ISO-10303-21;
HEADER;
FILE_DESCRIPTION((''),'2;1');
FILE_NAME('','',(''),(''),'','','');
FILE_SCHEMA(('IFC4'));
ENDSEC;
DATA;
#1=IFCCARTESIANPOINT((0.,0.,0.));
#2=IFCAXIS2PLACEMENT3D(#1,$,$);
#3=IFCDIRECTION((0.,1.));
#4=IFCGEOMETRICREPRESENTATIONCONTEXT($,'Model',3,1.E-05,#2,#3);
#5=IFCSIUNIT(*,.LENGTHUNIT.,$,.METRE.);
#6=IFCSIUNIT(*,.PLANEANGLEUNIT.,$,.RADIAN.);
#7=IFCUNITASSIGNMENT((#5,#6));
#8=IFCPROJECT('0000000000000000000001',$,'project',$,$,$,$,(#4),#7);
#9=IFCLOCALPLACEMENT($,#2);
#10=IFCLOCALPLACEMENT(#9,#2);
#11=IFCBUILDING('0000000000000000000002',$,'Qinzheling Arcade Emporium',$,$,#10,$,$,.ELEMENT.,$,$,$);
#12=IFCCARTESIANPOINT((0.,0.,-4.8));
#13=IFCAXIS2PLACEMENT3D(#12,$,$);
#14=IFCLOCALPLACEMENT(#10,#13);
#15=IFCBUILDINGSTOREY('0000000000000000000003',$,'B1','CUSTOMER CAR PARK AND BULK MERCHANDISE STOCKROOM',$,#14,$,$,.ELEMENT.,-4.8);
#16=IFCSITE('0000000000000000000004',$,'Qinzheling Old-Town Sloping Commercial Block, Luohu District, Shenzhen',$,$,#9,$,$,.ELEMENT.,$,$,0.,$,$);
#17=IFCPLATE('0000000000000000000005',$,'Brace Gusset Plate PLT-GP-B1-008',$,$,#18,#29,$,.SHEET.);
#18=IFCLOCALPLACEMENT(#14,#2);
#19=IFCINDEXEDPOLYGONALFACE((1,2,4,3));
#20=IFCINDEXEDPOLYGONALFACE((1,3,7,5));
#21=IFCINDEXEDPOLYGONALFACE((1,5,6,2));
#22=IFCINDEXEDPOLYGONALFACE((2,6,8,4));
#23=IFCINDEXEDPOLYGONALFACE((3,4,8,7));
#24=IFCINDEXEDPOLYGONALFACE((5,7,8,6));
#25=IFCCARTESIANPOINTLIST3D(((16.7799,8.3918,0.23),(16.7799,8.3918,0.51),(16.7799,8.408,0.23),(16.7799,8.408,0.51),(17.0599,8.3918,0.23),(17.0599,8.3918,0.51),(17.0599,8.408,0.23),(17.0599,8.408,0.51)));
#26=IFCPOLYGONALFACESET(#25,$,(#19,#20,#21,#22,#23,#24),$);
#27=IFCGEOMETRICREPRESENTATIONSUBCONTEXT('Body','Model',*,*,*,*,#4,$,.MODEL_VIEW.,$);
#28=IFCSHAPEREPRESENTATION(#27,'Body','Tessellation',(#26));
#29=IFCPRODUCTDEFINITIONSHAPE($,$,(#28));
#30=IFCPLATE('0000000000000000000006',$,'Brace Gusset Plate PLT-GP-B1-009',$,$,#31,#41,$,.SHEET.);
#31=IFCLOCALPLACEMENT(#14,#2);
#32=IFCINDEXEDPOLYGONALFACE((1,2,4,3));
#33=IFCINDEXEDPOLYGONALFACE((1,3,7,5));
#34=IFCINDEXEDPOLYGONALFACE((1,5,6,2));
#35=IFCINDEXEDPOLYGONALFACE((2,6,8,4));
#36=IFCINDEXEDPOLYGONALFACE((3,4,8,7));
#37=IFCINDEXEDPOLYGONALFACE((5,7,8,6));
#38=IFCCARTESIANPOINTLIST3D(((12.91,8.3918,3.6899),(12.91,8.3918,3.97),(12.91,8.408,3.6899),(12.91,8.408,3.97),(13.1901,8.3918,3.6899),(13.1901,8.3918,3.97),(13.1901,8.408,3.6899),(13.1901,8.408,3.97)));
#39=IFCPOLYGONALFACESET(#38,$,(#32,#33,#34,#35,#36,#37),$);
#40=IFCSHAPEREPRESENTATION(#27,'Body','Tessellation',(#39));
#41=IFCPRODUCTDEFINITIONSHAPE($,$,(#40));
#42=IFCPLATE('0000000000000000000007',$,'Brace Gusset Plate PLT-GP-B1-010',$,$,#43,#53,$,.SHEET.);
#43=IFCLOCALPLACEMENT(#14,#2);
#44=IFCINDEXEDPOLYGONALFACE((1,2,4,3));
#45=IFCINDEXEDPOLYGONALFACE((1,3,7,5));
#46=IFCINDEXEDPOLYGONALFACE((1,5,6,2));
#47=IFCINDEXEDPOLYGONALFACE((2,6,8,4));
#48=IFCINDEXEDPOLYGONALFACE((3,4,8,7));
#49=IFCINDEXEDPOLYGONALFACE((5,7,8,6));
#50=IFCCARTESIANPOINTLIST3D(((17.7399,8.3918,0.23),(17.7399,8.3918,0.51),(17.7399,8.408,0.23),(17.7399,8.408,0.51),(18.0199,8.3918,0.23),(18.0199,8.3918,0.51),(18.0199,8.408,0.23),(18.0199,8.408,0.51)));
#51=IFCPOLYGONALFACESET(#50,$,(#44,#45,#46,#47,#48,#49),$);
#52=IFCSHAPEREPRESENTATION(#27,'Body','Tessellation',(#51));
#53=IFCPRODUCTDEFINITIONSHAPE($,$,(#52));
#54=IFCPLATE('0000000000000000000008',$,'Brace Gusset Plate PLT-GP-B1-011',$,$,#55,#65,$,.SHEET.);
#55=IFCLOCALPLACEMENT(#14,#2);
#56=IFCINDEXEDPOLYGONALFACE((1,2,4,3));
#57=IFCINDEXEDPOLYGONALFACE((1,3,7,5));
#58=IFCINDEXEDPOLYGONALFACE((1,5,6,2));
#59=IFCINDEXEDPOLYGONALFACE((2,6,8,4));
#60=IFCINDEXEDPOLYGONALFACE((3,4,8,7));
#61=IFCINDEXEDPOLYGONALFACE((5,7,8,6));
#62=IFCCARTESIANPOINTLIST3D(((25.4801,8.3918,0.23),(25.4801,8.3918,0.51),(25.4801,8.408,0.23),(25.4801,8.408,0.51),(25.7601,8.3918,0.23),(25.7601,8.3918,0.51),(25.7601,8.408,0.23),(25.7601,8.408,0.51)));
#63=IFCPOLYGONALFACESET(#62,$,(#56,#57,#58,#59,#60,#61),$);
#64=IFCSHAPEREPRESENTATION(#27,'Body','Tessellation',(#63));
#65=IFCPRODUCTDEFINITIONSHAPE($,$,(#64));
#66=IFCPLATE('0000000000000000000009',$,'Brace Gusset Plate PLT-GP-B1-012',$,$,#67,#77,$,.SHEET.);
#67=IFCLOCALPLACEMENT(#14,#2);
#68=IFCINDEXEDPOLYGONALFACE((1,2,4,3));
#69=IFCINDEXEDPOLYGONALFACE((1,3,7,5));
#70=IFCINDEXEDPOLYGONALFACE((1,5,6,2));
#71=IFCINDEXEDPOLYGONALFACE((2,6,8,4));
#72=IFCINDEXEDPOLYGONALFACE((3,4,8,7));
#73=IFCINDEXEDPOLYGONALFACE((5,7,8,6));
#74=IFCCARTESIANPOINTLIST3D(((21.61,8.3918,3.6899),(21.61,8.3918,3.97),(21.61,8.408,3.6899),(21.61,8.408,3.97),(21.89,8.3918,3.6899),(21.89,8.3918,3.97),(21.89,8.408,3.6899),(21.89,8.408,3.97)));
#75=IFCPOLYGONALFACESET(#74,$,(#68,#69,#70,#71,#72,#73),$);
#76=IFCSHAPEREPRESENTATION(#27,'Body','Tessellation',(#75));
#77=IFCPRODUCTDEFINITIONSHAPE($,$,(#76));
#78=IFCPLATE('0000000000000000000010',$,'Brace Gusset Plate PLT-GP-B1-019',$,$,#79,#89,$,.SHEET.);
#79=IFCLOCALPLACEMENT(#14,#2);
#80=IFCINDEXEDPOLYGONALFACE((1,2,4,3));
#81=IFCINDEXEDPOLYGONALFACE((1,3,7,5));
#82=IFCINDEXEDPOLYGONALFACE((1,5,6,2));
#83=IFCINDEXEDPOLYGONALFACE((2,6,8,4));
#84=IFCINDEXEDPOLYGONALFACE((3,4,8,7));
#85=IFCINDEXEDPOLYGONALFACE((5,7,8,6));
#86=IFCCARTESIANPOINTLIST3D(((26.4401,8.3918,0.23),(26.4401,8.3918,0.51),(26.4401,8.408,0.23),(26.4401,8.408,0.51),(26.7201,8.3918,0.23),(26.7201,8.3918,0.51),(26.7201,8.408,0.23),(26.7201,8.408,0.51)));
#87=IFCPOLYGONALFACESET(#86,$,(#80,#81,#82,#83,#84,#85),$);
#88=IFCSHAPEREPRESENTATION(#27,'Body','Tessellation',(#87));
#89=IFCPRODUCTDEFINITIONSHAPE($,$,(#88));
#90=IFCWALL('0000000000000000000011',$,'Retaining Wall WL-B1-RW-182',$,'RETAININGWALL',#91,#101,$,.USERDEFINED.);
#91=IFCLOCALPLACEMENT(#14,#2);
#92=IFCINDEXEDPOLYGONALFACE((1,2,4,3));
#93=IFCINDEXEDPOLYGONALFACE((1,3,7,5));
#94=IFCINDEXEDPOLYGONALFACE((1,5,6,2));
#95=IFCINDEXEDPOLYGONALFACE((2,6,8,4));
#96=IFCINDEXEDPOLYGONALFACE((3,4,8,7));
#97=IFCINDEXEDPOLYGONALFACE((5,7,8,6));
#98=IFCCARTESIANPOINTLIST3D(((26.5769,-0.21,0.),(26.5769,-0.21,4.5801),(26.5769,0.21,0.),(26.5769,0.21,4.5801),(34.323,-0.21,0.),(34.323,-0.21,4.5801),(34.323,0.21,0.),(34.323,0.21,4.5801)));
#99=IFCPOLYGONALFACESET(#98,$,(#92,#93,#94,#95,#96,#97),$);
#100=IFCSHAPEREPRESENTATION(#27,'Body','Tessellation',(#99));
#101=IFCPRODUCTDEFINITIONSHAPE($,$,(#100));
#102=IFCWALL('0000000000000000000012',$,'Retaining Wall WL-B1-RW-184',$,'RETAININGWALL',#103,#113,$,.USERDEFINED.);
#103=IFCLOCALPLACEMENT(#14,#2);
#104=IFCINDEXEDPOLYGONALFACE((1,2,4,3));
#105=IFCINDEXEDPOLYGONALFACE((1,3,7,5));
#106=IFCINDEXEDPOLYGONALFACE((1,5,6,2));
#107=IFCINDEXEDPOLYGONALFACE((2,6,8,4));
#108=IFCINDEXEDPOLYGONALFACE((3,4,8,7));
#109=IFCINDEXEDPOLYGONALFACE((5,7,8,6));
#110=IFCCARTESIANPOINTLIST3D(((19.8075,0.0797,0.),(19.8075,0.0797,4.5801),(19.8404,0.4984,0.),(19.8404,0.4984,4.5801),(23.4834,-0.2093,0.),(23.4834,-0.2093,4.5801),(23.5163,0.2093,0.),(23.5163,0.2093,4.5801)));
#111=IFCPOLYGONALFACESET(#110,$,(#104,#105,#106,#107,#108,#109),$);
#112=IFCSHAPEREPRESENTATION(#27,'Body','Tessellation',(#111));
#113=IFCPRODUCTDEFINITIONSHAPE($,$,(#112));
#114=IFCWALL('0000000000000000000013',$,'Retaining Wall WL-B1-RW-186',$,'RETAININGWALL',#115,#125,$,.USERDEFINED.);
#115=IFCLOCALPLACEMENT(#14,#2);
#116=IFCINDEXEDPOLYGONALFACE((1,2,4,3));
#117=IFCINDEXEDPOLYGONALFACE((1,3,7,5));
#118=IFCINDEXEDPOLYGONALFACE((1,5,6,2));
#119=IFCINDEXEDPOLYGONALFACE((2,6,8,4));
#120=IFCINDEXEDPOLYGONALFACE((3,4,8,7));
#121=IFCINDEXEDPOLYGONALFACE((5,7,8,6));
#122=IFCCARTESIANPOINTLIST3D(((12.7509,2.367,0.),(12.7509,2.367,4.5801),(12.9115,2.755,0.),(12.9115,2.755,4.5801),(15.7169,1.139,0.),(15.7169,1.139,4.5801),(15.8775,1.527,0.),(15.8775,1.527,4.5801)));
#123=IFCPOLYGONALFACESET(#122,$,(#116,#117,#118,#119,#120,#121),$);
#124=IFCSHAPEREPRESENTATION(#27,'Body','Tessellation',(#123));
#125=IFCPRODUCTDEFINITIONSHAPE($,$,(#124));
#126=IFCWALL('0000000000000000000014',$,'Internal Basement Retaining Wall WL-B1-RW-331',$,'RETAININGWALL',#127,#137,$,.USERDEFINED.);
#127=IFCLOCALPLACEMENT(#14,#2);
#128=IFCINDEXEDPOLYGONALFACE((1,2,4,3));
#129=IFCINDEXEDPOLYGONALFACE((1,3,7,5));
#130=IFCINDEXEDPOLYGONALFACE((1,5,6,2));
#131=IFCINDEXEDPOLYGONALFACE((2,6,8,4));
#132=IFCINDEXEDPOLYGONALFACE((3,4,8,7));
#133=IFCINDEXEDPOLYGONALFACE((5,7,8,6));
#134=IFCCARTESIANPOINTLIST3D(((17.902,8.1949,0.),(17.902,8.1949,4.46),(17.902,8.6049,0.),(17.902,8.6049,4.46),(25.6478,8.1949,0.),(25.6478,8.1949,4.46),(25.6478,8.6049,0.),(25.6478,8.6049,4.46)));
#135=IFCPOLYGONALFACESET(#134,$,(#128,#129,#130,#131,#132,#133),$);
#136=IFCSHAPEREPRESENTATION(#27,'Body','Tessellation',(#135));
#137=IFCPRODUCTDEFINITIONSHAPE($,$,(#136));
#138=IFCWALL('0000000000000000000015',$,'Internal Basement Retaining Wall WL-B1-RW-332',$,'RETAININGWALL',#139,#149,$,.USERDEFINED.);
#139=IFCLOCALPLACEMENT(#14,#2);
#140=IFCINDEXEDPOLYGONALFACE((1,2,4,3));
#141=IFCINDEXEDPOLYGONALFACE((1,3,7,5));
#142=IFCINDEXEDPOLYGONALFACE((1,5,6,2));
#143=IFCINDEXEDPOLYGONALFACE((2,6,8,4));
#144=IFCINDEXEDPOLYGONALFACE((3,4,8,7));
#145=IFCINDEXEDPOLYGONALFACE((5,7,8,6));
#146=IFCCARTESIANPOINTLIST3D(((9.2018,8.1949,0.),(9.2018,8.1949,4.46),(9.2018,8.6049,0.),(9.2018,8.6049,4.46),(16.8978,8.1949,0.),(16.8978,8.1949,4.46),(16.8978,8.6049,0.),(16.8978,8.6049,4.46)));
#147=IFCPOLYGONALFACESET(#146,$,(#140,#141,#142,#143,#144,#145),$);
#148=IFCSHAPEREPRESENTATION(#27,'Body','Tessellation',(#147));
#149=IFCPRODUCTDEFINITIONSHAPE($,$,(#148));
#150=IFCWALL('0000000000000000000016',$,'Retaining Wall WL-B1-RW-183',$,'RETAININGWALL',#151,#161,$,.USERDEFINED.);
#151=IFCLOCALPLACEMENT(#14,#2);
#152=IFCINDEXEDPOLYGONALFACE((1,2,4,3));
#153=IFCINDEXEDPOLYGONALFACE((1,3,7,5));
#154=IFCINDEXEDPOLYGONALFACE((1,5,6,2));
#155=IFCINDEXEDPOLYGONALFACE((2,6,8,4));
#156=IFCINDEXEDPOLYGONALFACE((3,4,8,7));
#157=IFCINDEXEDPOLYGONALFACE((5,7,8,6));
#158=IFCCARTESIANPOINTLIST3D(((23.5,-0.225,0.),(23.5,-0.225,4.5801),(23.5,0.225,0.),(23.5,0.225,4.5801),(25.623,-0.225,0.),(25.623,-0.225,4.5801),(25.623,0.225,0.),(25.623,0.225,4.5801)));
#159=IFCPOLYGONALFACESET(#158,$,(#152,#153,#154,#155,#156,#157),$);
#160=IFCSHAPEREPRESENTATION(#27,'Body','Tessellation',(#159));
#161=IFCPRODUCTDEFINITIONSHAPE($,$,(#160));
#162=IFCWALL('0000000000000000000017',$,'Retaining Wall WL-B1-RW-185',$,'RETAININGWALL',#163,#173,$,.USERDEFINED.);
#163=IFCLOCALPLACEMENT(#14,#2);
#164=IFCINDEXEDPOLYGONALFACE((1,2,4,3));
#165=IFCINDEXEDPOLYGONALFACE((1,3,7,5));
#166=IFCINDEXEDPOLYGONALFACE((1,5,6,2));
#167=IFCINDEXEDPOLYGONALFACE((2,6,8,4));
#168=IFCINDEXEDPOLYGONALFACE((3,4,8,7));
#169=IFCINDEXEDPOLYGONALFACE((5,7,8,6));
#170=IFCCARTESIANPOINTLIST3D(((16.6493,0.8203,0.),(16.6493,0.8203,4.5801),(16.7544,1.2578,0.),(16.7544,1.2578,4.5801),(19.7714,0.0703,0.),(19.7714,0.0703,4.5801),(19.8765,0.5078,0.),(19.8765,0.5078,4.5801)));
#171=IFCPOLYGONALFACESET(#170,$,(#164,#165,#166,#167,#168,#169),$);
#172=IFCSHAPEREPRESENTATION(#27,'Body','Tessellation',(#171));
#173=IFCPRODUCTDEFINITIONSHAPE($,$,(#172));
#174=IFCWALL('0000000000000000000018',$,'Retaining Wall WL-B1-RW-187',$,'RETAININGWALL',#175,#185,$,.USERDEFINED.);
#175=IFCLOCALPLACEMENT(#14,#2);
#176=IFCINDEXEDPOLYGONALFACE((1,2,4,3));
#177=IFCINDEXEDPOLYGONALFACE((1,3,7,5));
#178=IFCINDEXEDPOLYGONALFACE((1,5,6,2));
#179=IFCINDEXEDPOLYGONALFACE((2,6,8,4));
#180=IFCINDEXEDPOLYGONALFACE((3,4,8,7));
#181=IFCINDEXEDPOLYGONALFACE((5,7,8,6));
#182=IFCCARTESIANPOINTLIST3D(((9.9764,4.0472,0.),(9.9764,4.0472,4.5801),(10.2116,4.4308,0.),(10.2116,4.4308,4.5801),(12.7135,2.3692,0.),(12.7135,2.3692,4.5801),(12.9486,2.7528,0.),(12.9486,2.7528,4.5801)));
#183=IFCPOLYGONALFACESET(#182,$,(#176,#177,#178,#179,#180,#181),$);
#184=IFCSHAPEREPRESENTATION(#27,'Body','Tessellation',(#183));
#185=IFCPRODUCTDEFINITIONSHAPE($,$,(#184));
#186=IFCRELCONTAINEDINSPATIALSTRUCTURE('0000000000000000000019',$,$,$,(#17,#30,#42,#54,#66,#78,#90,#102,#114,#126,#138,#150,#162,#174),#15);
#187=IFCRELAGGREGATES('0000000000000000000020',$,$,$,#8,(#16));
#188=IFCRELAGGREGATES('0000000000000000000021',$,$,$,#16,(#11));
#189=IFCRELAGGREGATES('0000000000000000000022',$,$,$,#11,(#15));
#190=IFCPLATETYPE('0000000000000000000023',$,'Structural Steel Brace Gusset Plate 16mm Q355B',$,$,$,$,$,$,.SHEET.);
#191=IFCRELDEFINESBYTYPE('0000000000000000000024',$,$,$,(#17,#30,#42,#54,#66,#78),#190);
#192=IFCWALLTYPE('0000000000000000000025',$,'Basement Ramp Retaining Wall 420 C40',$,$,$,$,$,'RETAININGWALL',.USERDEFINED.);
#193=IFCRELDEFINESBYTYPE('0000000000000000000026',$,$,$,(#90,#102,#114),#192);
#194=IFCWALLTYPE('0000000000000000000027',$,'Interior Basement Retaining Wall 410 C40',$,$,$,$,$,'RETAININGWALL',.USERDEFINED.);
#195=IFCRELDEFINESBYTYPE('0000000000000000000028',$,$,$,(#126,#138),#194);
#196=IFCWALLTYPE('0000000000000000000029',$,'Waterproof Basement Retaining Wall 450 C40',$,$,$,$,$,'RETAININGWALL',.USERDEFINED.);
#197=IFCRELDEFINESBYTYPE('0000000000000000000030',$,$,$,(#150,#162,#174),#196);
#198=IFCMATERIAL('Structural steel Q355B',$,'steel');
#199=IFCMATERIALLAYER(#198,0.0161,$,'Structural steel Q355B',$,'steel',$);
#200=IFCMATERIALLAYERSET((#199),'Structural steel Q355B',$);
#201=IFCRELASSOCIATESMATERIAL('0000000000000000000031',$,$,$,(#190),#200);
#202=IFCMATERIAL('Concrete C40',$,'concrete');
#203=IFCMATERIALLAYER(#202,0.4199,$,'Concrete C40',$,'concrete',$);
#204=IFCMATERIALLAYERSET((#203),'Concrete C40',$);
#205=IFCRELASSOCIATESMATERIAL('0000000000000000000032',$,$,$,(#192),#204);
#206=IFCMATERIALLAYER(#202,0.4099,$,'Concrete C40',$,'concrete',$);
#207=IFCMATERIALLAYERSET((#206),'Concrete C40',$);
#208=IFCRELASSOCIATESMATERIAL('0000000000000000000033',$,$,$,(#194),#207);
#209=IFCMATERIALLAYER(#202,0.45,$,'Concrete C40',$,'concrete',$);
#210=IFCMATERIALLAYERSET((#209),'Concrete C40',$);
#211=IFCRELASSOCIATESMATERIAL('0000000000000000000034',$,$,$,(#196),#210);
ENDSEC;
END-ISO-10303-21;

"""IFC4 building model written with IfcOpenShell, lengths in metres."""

from ifc_helpers import new_model, si_unit, direction, frame, frame_2d, origin, origin_2d, place, context, subcontext, project, spatial, rectangle, extrude, material, layer, layer_set, type_object, element, save


model = new_model("IFC4")

# Units and contexts
model_context = context("Model", 3, precision=1e-05, world=origin(), true_north=direction((0.0, 1.0)))
body_context = subcontext(model_context, "Body", "Model", "MODEL_VIEW")
ifc_project = project(units=[si_unit("LENGTHUNIT", "METRE"), si_unit("PLANEANGLEUNIT", "RADIAN")], contexts=[model_context])

# Site, building, storey
site_placement = place(None, origin())
site = spatial("IfcSite", under=ifc_project, at=site_placement, Name="Qinzheling Old-Town Sloping Commercial Block, Luohu District, Shenzhen", CompositionType="ELEMENT", RefElevation=0.0)
building_placement = place(site_placement, origin())
building = spatial("IfcBuilding", under=site, at=building_placement, Name="Qinzheling Arcade Emporium", CompositionType="ELEMENT")
storey_placement = place(building_placement, frame((0.0, 0.0, -4.8)))
storey = spatial("IfcBuildingStorey", under=building, at=storey_placement, Name="B1", Description="CUSTOMER CAR PARK AND BULK MERCHANDISE STOCKROOM", CompositionType="ELEMENT", Elevation=-4.8)

# Shared definitions
ifc_material_1 = material(Name="Concrete C40", Category="concrete")

# Shared definitions
ifc_material_2 = material(Name="Structural steel Q355B", Category="steel")

# Plates
ifc_layer_1 = layer(ifc_material_2, 0.0161, Name="Structural steel Q355B", Category="steel")
ifc_layer_set_1 = layer_set([ifc_layer_1], Name="Structural steel Q355B")
plate_type = type_object("IfcPlateType", Name="Structural Steel Brace Gusset Plate 16mm Q355B", PredefinedType="SHEET", material=ifc_layer_set_1)
for number, where, z_axis, x_axis, name in (
    (1, (16.9199, 8.3999, 0.23), (0.0, 0.0, 1.0), (1.0, 0.0, 0.0), "Brace Gusset Plate PLT-GP-B1-008"),
    (2, (13.05, 8.3999, 3.6899), (0.0, 0.0, 1.0), (1.0, 0.0, 0.0), "Brace Gusset Plate PLT-GP-B1-009"),
    (3, (17.8799, 8.3999, 0.23), (0.0, 0.0, 1.0), (1.0, 0.0, 0.0), "Brace Gusset Plate PLT-GP-B1-010"),
    (4, (25.6201, 8.3999, 0.23), (0.0, 0.0, 1.0), (1.0, 0.0, 0.0), "Brace Gusset Plate PLT-GP-B1-011"),
    (5, (21.75, 8.3999, 3.6899), (0.0, 0.0, 1.0), (1.0, 0.0, 0.0), "Brace Gusset Plate PLT-GP-B1-012"),
    (6, (26.5801, 8.3999, 0.23), (0.0, 0.0, 1.0), (1.0, 0.0, 0.0), "Brace Gusset Plate PLT-GP-B1-019"),
):
    element("IfcPlate", number, at=place(storey_placement, frame(where, z_axis=z_axis, x_axis=x_axis)), inside=storey, type_object=plate_type, Name=name, PredefinedType="SHEET", context=body_context, shape_type="SweptSolid", body=[
        extrude(rectangle(XDim=0.28, YDim=0.0161, at=origin_2d()), origin(), (0.0, 0.0, 1.0), 0.28),
    ])

# Walls
ifc_layer_2 = layer(ifc_material_1, 0.4199, Name="Concrete C40", Category="concrete")
ifc_layer_set_2 = layer_set([ifc_layer_2], Name="Concrete C40")
wall_type_1 = type_object("IfcWallType", Name="Basement Ramp Retaining Wall 420 C40", ElementType="RETAININGWALL", PredefinedType="USERDEFINED", material=ifc_layer_set_2)
wall_1_placement = place(storey_placement, frame((34.323, 0.0, 0.0), z_axis=(0.0, 0.0, 1.0), x_axis=(-1.0, 0.0, 0.0)))
element("IfcWall", 7, at=wall_1_placement, inside=storey, type_object=wall_type_1, Name="Retaining Wall WL-B1-RW-182", ObjectType="RETAININGWALL", PredefinedType="USERDEFINED", context=body_context, shape_type="SweptSolid", body=[
    extrude(rectangle(XDim=7.7461, YDim=0.4199, at=frame_2d((3.873, 0.0))), origin(), (0.0, 0.0, 1.0), 4.5801),
])
wall_2_placement = place(storey_placement, frame((23.5, 0.0, 0.0), z_axis=(0.0, 0.0, 1.0), x_axis=(-0.996923, 0.078393, 0.0)))
element("IfcWall", 8, at=wall_2_placement, inside=storey, type_object=wall_type_1, Name="Retaining Wall WL-B1-RW-184", ObjectType="RETAININGWALL", PredefinedType="USERDEFINED", context=body_context, shape_type="SweptSolid", body=[
    extrude(rectangle(XDim=3.6873, YDim=0.4199, at=frame_2d((1.8438, 0.0))), origin(), (0.0, 0.0, 1.0), 4.5801),
])
wall_3_placement = place(storey_placement, frame((15.7971, 1.333, 0.0), z_axis=(0.0, 0.0, 1.0), x_axis=(-0.923941, 0.382535, 0.0)))
element("IfcWall", 9, at=wall_3_placement, inside=storey, type_object=wall_type_1, Name="Retaining Wall WL-B1-RW-186", ObjectType="RETAININGWALL", PredefinedType="USERDEFINED", context=body_context, shape_type="SweptSolid", body=[
    extrude(rectangle(XDim=3.2102, YDim=0.4199, at=frame_2d((1.605, 0.0))), origin(), (0.0, 0.0, 1.0), 4.5801),
])
ifc_layer_3 = layer(ifc_material_1, 0.4099, Name="Concrete C40", Category="concrete")
ifc_layer_set_3 = layer_set([ifc_layer_3], Name="Concrete C40")
wall_type_2 = type_object("IfcWallType", Name="Interior Basement Retaining Wall 410 C40", ElementType="RETAININGWALL", PredefinedType="USERDEFINED", material=ifc_layer_set_3)
wall_4_placement = place(storey_placement, frame((25.6479, 8.3999, 0.0), z_axis=(0.0, 0.0, 1.0), x_axis=(-1.0, 0.0, 0.0)))
element("IfcWall", 10, at=wall_4_placement, inside=storey, type_object=wall_type_2, Name="Internal Basement Retaining Wall WL-B1-RW-331", ObjectType="RETAININGWALL", PredefinedType="USERDEFINED", context=body_context, shape_type="SweptSolid", body=[
    extrude(rectangle(XDim=7.7458, YDim=0.4099, at=frame_2d((3.873, 0.0))), origin(), (0.0, 0.0, 1.0), 4.46),
])
wall_5_placement = place(storey_placement, frame((16.8979, 8.3999, 0.0), z_axis=(0.0, 0.0, 1.0), x_axis=(-1.0, 0.0, 0.0)))
element("IfcWall", 11, at=wall_5_placement, inside=storey, type_object=wall_type_2, Name="Internal Basement Retaining Wall WL-B1-RW-332", ObjectType="RETAININGWALL", PredefinedType="USERDEFINED", context=body_context, shape_type="SweptSolid", body=[
    extrude(rectangle(XDim=7.696, YDim=0.4099, at=frame_2d((3.8481, 0.0))), origin(), (0.0, 0.0, 1.0), 4.46),
])
ifc_layer_4 = layer(ifc_material_1, 0.45, Name="Concrete C40", Category="concrete")
ifc_layer_set_4 = layer_set([ifc_layer_4], Name="Concrete C40")
wall_type_3 = type_object("IfcWallType", Name="Waterproof Basement Retaining Wall 450 C40", ElementType="RETAININGWALL", PredefinedType="USERDEFINED", material=ifc_layer_set_4)
wall_6_placement = place(storey_placement, frame((25.623, 0.0, 0.0), z_axis=(0.0, 0.0, 1.0), x_axis=(-1.0, 0.0, 0.0)))
element("IfcWall", 12, at=wall_6_placement, inside=storey, type_object=wall_type_3, Name="Retaining Wall WL-B1-RW-183", ObjectType="RETAININGWALL", PredefinedType="USERDEFINED", context=body_context, shape_type="SweptSolid", body=[
    extrude(rectangle(XDim=2.123, YDim=0.45, at=frame_2d((1.0615, 0.0))), origin(), (0.0, 0.0, 1.0), 4.5801),
])
wall_7_placement = place(storey_placement, frame((19.824, 0.2891, 0.0), z_axis=(0.0, 0.0, 1.0), x_axis=(-0.972338, 0.23358, 0.0)))
element("IfcWall", 13, at=wall_7_placement, inside=storey, type_object=wall_type_3, Name="Retaining Wall WL-B1-RW-185", ObjectType="RETAININGWALL", PredefinedType="USERDEFINED", context=body_context, shape_type="SweptSolid", body=[
    extrude(rectangle(XDim=3.2109, YDim=0.45, at=frame_2d((1.6055, 0.0))), origin(), (0.0, 0.0, 1.0), 4.5801),
])
wall_8_placement = place(storey_placement, frame((12.8311, 2.561, 0.0), z_axis=(0.0, 0.0, 1.0), x_axis=(-0.852542, 0.522658, 0.0)))
element("IfcWall", 14, at=wall_8_placement, inside=storey, type_object=wall_type_3, Name="Retaining Wall WL-B1-RW-187", ObjectType="RETAININGWALL", PredefinedType="USERDEFINED", context=body_context, shape_type="SweptSolid", body=[
    extrude(rectangle(XDim=3.2104, YDim=0.45, at=frame_2d((1.6052, 0.0))), origin(), (0.0, 0.0, 1.0), 4.5801),
])

save(model, "model.ifc")
